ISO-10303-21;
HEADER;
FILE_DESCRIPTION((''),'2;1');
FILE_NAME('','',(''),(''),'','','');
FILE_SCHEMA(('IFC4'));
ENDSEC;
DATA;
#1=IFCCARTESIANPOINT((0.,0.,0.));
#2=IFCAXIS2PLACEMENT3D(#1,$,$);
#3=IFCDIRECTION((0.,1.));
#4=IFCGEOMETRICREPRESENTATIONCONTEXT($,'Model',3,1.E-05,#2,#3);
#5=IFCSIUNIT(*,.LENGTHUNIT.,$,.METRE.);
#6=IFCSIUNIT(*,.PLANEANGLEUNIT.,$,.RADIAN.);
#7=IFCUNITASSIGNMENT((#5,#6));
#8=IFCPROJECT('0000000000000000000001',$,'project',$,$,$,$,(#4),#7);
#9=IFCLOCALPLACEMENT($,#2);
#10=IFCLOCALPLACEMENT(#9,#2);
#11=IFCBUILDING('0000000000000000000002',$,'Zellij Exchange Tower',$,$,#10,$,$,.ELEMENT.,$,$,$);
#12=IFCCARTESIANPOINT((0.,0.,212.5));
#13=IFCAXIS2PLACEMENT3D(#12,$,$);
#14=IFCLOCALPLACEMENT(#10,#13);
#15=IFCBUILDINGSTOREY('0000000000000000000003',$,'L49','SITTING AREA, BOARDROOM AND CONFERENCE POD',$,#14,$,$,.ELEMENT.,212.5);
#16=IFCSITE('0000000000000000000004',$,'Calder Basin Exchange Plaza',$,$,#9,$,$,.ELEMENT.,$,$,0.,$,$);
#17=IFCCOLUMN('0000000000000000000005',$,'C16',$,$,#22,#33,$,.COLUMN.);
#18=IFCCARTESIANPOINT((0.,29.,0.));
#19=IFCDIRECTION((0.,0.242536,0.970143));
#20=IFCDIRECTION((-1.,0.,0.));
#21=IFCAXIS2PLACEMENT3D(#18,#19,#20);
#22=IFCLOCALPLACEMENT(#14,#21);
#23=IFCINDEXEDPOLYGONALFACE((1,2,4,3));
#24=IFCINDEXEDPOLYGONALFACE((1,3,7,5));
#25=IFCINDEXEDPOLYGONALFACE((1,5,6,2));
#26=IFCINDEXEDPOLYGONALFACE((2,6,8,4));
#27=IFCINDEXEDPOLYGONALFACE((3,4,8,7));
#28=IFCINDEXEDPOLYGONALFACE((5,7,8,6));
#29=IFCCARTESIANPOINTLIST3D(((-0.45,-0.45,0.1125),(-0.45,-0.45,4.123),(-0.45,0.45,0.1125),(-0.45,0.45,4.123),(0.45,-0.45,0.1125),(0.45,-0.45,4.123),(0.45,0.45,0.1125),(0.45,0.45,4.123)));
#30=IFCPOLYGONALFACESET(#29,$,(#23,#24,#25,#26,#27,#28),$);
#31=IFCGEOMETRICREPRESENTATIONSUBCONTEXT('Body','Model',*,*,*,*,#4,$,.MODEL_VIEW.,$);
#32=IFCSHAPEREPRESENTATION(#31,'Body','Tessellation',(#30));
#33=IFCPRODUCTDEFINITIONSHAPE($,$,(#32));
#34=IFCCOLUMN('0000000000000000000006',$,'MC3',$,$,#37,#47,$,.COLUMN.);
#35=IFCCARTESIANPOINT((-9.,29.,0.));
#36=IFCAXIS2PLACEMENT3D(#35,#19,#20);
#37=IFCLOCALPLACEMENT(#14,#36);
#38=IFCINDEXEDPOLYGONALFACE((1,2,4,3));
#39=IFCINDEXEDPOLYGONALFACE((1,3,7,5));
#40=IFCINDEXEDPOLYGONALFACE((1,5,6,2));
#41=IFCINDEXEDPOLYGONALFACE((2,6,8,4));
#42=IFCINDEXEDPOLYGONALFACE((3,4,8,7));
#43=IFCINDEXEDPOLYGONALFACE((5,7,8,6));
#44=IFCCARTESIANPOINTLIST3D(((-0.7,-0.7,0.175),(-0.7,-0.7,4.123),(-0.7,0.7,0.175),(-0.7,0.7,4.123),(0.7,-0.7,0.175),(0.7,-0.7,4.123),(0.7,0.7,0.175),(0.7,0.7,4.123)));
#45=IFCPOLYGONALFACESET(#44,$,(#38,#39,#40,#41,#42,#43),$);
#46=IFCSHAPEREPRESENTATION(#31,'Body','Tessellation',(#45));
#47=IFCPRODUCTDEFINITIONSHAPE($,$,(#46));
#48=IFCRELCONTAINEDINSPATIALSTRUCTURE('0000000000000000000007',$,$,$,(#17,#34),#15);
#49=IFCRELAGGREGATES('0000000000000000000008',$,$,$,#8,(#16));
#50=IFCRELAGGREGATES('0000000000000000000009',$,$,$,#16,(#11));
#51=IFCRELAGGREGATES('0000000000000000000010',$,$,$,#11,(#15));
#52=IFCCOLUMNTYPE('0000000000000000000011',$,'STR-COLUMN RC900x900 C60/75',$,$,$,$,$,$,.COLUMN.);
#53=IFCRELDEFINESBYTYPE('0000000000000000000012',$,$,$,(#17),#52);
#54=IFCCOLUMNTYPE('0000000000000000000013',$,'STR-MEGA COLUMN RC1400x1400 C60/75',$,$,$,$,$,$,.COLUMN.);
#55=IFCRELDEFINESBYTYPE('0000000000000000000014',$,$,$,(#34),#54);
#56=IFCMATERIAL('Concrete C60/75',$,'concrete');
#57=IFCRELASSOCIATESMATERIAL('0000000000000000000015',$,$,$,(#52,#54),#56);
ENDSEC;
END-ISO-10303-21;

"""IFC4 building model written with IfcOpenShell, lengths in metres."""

from ifc_helpers import new_model, si_unit, direction, frame, origin, origin_2d, place, context, subcontext, project, spatial, rectangle, extrude, clip, halfspace, material, material_profile, profile_set, type_object, element, save


model = new_model("IFC4")

# Units and contexts
model_context = context("Model", 3, precision=1e-05, world=origin(), true_north=direction((0.0, 1.0)))
body_context = subcontext(model_context, "Body", "Model", "MODEL_VIEW")
ifc_project = project(units=[si_unit("LENGTHUNIT", "METRE"), si_unit("PLANEANGLEUNIT", "RADIAN")], contexts=[model_context])

# Site, building, storey
site_placement = place(None, origin())
site = spatial("IfcSite", under=ifc_project, at=site_placement, Name="Calder Basin Exchange Plaza", CompositionType="ELEMENT", RefElevation=0.0)
building_placement = place(site_placement, origin())
building = spatial("IfcBuilding", under=site, at=building_placement, Name="Zellij Exchange Tower", CompositionType="ELEMENT")
storey_placement = place(building_placement, frame((0.0, 0.0, 212.5)))
storey = spatial("IfcBuildingStorey", under=building, at=storey_placement, Name="L49", Description="SITTING AREA, BOARDROOM AND CONFERENCE POD", CompositionType="ELEMENT", Elevation=212.5)

# Columns
ifc_material_1 = material(Name="Concrete C60/75", Category="concrete")
ifc_material_profile_1 = material_profile(ifc_material_1, rectangle(XDim=0.8999, YDim=0.8999, at=origin_2d()), Name="STR-COLUMN RC900x900 C60/75")
ifc_profile_set_1 = profile_set([ifc_material_profile_1], Name="Concrete C60/75")
column_type_1 = type_object("IfcColumnType", Name="STR-COLUMN RC900x900 C60/75", PredefinedType="COLUMN", material=ifc_profile_set_1)
column_1_placement = place(storey_placement, frame((0.0, 29.0, 0.0), z_axis=(0.0, 0.242536, 0.970143), x_axis=(-1.0, 0.0, 0.0)))
element("IfcColumn", 1, at=column_1_placement, inside=storey, type_object=column_type_1, Name="C16", PredefinedType="COLUMN", context=body_context, shape_type="Clipping", body=[
    clip(extrude(rectangle(XDim=0.8999, YDim=0.8999, at=origin_2d()), origin(), (0.0, 0.0, 1.0), 4.123), halfspace(frame((0.0, 0.0, 0.1125)), True)),
])
ifc_material_profile_2 = material_profile(ifc_material_1, rectangle(XDim=1.3999, YDim=1.3999, at=origin_2d()), Name="STR-MEGA COLUMN RC1400x1400 C60/75")
ifc_profile_set_2 = profile_set([ifc_material_profile_2], Name="Concrete C60/75")
column_type_2 = type_object("IfcColumnType", Name="STR-MEGA COLUMN RC1400x1400 C60/75", PredefinedType="COLUMN", material=ifc_profile_set_2)
column_2_placement = place(storey_placement, frame((-9.0, 29.0, 0.0), z_axis=(0.0, 0.242536, 0.970143), x_axis=(-1.0, 0.0, 0.0)))
element("IfcColumn", 2, at=column_2_placement, inside=storey, type_object=column_type_2, Name="MC3", PredefinedType="COLUMN", context=body_context, shape_type="Clipping", body=[
    clip(extrude(rectangle(XDim=1.3999, YDim=1.3999, at=origin_2d()), origin(), (0.0, 0.0, 1.0), 4.123), halfspace(frame((0.0, 0.0, 0.175)), True)),
])

save(model, "model.ifc")
